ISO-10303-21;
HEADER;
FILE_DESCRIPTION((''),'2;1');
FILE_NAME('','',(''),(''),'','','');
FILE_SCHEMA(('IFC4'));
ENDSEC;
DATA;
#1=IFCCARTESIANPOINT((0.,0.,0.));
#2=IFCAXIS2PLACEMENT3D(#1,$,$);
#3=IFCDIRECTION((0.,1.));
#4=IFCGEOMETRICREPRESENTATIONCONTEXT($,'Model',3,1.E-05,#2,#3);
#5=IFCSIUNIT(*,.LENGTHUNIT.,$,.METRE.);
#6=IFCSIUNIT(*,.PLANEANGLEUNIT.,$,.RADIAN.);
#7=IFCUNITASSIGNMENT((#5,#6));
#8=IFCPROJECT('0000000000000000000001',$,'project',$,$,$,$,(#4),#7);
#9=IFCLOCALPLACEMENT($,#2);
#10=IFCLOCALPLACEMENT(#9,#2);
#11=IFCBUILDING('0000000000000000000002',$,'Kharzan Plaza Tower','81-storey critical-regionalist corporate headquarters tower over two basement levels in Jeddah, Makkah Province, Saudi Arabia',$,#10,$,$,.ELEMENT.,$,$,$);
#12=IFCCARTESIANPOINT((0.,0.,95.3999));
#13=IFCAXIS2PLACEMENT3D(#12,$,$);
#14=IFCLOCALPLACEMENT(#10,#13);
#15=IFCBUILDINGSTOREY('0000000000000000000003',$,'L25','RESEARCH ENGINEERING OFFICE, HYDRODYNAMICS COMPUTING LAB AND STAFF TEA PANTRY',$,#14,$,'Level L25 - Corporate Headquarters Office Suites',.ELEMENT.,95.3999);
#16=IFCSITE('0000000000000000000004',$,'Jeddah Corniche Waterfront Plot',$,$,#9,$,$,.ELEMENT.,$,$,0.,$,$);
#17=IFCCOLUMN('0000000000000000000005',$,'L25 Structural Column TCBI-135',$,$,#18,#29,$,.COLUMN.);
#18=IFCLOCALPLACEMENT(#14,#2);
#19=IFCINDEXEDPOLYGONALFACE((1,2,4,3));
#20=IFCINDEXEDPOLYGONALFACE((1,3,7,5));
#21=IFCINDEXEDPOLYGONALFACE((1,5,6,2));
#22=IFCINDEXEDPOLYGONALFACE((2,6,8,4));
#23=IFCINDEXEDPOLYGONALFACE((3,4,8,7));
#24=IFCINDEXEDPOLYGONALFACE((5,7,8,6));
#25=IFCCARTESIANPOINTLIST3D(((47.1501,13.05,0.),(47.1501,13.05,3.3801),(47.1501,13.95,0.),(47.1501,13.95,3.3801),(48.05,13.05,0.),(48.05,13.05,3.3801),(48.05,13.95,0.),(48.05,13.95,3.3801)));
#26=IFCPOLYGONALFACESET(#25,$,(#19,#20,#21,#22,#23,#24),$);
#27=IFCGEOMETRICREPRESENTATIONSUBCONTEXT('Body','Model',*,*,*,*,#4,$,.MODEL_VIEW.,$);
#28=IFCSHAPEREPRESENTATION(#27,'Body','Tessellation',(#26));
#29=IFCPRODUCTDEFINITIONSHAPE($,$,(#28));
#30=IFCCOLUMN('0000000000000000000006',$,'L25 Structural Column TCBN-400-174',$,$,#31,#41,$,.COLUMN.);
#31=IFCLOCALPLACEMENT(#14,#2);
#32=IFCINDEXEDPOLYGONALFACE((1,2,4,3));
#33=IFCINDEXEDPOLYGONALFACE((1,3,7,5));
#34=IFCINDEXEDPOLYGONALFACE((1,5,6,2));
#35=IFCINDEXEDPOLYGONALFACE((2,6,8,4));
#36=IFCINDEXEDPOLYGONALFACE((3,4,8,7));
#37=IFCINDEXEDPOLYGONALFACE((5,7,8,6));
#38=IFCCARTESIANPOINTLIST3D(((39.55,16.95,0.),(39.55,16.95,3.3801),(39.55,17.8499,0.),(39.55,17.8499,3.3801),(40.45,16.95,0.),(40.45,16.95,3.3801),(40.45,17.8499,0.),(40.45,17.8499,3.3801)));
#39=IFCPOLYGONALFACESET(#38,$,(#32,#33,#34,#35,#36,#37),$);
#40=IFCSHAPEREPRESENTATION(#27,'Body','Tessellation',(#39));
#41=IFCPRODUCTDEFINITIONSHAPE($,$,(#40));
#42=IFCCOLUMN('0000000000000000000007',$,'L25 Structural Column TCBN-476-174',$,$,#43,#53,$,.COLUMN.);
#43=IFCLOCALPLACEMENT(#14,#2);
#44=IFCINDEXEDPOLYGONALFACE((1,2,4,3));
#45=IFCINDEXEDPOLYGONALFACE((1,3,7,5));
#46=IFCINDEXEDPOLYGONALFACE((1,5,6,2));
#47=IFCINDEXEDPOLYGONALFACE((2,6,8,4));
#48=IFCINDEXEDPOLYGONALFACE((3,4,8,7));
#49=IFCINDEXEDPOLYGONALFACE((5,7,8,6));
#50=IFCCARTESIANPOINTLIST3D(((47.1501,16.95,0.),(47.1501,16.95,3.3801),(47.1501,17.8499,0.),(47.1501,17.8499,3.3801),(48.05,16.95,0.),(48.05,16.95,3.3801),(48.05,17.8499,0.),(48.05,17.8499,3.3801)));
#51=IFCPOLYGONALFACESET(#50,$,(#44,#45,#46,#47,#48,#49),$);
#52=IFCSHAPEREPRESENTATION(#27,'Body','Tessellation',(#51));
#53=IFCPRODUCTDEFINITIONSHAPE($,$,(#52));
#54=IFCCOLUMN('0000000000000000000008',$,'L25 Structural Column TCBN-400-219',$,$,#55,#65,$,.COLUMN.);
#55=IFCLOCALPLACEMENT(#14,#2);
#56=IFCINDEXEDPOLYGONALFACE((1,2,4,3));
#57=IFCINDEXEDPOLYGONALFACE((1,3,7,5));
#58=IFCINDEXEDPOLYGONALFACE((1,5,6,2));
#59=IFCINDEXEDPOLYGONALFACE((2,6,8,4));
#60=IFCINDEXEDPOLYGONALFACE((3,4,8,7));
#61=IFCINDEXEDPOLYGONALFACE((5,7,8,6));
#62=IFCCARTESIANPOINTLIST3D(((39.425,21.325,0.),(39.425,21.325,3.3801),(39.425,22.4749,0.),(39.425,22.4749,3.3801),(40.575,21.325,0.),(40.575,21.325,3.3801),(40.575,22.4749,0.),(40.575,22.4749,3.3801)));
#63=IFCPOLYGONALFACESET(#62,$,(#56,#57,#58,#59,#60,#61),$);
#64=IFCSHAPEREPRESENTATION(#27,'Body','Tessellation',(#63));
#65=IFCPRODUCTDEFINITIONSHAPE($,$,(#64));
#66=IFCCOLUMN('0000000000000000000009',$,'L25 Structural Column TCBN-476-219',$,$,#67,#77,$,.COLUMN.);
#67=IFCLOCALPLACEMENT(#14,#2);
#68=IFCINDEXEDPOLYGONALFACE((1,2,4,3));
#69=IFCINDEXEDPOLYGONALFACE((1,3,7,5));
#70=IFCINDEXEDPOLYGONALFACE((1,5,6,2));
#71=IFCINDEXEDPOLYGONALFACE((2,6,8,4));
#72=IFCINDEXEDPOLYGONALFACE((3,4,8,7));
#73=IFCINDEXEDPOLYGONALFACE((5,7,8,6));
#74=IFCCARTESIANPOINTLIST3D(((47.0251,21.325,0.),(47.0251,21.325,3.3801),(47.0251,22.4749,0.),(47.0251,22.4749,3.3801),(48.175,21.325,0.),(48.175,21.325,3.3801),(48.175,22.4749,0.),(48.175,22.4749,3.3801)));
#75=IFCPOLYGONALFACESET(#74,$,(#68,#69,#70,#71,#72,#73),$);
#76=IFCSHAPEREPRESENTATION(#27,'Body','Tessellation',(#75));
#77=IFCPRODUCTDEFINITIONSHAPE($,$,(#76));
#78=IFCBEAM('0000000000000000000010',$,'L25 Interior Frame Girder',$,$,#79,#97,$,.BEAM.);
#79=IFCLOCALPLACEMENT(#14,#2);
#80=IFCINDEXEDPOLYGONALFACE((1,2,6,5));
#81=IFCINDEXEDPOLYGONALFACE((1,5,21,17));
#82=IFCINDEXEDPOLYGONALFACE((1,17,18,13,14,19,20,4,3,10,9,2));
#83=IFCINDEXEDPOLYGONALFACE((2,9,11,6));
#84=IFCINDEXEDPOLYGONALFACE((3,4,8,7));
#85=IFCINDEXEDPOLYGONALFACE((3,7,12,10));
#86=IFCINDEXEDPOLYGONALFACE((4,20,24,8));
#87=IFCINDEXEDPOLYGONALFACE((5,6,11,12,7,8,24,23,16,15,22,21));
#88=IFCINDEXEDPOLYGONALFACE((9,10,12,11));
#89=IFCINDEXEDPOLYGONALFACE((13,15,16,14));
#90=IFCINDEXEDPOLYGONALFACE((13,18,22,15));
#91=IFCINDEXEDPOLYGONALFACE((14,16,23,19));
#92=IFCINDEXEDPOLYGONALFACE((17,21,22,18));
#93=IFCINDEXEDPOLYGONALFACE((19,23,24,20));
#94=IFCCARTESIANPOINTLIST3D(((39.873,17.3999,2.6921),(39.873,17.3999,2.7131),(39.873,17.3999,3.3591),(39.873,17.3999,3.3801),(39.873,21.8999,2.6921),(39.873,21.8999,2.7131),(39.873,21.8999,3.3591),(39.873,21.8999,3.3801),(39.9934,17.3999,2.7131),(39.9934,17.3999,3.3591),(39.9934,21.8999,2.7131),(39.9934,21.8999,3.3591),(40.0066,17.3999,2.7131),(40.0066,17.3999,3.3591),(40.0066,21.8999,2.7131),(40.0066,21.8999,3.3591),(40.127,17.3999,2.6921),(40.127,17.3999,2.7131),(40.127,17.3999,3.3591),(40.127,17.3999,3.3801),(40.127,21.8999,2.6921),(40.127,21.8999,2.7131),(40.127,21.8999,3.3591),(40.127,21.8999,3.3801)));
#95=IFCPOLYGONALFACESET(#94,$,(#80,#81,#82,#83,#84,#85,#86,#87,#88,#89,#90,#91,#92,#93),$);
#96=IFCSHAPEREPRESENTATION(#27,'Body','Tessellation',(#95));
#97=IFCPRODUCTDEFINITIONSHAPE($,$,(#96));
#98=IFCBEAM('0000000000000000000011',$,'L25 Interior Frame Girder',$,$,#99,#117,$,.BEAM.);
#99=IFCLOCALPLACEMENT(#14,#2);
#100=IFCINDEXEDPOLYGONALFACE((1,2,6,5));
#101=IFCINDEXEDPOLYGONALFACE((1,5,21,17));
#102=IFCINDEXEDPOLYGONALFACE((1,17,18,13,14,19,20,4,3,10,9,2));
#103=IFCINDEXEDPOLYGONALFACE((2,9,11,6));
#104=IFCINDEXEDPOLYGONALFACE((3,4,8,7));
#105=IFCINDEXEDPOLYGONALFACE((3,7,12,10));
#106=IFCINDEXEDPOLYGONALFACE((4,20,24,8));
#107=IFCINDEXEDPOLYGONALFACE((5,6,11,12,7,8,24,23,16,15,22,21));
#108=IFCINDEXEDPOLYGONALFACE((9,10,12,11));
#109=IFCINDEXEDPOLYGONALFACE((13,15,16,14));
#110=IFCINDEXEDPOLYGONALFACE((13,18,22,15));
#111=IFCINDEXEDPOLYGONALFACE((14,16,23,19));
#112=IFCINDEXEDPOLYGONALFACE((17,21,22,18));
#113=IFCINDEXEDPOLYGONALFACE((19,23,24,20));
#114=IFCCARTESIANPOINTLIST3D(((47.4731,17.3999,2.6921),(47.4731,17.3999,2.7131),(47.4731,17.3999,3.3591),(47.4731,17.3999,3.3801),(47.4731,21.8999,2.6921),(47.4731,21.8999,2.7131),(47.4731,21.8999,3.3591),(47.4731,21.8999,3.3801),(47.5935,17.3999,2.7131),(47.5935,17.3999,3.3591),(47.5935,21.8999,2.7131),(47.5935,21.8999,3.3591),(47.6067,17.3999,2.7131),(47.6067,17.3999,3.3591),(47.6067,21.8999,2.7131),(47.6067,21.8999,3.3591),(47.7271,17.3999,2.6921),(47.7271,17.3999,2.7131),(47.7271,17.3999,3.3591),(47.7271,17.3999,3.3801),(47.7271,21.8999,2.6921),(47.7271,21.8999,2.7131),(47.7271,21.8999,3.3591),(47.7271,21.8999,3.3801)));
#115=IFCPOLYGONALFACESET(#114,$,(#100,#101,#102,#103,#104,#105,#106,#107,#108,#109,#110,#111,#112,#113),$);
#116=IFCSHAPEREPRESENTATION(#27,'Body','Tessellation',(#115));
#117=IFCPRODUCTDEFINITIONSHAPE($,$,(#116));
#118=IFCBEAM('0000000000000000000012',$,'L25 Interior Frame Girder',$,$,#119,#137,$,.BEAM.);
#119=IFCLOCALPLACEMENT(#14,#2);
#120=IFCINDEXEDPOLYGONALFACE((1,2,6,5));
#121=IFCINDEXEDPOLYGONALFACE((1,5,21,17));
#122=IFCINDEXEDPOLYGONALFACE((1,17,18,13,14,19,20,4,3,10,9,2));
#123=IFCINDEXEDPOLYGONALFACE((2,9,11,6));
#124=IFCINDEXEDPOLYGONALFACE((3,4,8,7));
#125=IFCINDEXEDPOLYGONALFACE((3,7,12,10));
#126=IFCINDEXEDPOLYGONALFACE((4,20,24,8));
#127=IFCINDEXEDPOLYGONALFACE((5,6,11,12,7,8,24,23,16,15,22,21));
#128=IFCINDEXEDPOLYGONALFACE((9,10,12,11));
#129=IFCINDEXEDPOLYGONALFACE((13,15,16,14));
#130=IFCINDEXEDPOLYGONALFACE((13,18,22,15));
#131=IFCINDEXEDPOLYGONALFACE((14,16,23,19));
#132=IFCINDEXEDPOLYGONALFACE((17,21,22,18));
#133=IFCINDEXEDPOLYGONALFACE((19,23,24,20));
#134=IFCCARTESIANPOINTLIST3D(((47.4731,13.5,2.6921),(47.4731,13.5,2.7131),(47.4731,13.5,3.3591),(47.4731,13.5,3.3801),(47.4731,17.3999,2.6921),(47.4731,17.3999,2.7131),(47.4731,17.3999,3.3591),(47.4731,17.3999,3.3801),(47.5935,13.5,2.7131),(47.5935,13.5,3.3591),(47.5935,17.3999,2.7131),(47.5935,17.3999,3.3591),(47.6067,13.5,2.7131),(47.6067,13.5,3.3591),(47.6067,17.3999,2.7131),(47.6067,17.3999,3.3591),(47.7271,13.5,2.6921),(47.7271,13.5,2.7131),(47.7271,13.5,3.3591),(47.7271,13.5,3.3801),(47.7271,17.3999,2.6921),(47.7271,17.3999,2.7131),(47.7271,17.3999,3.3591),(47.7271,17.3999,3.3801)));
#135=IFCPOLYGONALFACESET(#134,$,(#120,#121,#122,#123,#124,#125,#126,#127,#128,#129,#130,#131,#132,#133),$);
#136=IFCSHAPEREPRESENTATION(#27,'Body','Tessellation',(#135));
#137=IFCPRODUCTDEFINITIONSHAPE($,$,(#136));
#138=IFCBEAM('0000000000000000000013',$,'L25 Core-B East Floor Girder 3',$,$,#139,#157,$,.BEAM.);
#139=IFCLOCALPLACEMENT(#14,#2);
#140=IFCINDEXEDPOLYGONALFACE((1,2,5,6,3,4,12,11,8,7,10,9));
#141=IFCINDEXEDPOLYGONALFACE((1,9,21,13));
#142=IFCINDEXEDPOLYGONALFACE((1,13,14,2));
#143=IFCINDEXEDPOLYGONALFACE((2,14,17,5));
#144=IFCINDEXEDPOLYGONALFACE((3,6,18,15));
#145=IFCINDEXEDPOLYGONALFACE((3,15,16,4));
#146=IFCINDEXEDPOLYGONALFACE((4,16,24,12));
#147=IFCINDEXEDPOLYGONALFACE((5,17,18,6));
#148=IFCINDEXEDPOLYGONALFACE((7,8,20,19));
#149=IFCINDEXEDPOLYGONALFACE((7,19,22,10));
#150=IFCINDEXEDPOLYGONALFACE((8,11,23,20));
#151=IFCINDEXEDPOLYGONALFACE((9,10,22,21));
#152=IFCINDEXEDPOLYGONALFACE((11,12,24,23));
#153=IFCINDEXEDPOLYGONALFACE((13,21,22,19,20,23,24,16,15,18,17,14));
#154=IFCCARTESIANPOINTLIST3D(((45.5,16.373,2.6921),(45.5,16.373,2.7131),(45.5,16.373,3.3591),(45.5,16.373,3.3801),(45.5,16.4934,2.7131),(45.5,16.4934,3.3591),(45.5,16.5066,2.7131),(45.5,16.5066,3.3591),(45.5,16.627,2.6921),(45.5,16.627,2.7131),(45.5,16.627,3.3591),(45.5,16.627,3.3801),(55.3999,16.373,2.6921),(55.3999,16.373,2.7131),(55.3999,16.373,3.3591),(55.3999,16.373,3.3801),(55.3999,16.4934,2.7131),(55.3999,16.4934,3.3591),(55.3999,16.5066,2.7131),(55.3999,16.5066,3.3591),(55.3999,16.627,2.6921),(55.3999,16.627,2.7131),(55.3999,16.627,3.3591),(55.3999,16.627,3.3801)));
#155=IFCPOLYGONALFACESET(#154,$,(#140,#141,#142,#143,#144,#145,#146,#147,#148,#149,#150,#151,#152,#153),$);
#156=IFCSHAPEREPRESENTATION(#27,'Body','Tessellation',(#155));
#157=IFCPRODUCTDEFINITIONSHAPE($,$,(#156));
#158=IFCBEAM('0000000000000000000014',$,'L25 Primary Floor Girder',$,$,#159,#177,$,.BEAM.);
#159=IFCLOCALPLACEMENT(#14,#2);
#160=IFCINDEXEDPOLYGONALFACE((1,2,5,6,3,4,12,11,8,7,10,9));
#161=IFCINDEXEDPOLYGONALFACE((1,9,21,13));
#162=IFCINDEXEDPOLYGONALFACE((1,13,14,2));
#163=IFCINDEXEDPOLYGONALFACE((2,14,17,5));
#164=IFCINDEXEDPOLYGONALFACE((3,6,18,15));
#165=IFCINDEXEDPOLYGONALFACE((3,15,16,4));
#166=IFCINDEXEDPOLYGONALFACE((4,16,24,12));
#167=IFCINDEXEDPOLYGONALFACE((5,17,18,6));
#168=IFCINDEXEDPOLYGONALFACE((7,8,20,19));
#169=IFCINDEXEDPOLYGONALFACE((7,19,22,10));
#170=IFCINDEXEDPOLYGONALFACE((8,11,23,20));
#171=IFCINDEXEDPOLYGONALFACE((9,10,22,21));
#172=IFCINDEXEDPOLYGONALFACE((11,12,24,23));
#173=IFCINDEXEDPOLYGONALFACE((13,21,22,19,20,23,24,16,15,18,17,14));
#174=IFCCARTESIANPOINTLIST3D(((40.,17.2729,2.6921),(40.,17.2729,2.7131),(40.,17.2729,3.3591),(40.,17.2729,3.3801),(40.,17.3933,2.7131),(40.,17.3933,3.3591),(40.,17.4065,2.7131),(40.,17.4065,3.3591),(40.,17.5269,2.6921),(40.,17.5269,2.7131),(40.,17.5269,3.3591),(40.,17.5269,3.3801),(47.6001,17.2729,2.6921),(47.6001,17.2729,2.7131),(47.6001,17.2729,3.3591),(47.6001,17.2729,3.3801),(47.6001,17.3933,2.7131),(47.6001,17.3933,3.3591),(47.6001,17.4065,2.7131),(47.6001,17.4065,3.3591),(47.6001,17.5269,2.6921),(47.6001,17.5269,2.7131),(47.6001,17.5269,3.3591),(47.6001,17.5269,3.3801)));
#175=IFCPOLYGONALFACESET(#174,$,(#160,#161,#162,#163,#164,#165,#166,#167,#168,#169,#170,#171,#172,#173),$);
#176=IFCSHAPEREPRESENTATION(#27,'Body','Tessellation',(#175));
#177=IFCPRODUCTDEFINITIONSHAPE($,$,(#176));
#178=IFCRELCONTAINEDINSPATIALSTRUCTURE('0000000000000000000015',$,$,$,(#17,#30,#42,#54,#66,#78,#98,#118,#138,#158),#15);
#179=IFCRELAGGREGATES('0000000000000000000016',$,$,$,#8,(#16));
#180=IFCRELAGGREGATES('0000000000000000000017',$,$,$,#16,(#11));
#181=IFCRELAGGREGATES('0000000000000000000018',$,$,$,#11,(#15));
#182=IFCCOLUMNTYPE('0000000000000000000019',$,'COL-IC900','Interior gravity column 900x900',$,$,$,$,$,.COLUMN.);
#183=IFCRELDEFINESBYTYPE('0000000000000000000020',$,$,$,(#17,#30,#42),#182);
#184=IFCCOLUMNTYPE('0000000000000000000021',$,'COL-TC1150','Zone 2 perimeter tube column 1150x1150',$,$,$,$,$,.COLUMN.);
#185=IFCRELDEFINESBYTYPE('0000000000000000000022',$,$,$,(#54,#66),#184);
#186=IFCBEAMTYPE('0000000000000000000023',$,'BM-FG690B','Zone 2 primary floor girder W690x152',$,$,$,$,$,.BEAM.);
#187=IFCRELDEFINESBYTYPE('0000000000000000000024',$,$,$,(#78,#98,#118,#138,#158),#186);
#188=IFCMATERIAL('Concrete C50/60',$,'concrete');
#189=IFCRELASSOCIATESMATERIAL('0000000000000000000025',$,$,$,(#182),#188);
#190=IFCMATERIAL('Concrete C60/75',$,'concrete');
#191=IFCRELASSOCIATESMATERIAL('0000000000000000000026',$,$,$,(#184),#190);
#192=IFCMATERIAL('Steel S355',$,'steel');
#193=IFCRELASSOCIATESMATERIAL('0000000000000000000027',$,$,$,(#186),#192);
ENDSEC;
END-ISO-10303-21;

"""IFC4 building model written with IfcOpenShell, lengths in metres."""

from ifc_helpers import new_model, si_unit, direction, frame, origin, origin_2d, place, context, subcontext, project, spatial, rectangle, i_section, extrude, source, transform, mapped, material, material_profile, profile_set, type_object, element, save


model = new_model("IFC4")

# Units and contexts
model_context = context("Model", 3, precision=1e-05, world=origin(), true_north=direction((0.0, 1.0)))
body_context = subcontext(model_context, "Body", "Model", "MODEL_VIEW")
ifc_project = project(units=[si_unit("LENGTHUNIT", "METRE"), si_unit("PLANEANGLEUNIT", "RADIAN")], contexts=[model_context])

# Site, building, storey
site_placement = place(None, origin())
site = spatial("IfcSite", under=ifc_project, at=site_placement, Name="Jeddah Corniche Waterfront Plot", CompositionType="ELEMENT", RefElevation=0.0)
building_placement = place(site_placement, origin())
building = spatial("IfcBuilding", under=site, at=building_placement, Name="Kharzan Plaza Tower", Description="81-storey critical-regionalist corporate headquarters tower over two basement levels in Jeddah, Makkah Province, Saudi Arabia", CompositionType="ELEMENT")
storey_placement = place(building_placement, frame((0.0, 0.0, 95.3999)))
storey = spatial("IfcBuildingStorey", under=building, at=storey_placement, Name="L25", Description="RESEARCH ENGINEERING OFFICE, HYDRODYNAMICS COMPUTING LAB AND STAFF TEA PANTRY", LongName="Level L25 - Corporate Headquarters Office Suites", CompositionType="ELEMENT", Elevation=95.3999)

# Columns
ifc_material_1 = material(Name="Concrete C50/60", Category="concrete")
ifc_material_profile_1 = material_profile(ifc_material_1, rectangle(XDim=0.8999, YDim=0.8999, at=origin_2d()), Name="RC-IC900x900")
ifc_profile_set_1 = profile_set([ifc_material_profile_1], Name="Concrete C50/60")
column_type_1 = type_object("IfcColumnType", Name="COL-IC900", Description="Interior gravity column 900x900", PredefinedType="COLUMN", material=ifc_profile_set_1)
shared_shape_1 = source(origin(), body_context, "Body", "SweptSolid", [
    extrude(rectangle(XDim=0.8999, YDim=0.8999, at=origin_2d()), origin(), (0.0, 0.0, 1.0), 3.3801),
])
for number, where, z_axis, x_axis, name in (
    (1, (47.6001, 13.5, 0.0), (0.0, 0.0, 1.0), (1.0, 0.0, 0.0), "L25 Structural Column TCBI-135"),
    (2, (40.0, 17.3999, 0.0), (0.0, 0.0, 1.0), (1.0, 0.0, 0.0), "L25 Structural Column TCBN-400-174"),
    (3, (47.6001, 17.3999, 0.0), (0.0, 0.0, 1.0), (1.0, 0.0, 0.0), "L25 Structural Column TCBN-476-174"),
):
    element("IfcColumn", number, at=place(storey_placement, frame(where, z_axis=z_axis, x_axis=x_axis)), inside=storey, type_object=column_type_1, Name=name, PredefinedType="COLUMN", context=body_context, shape_type="MappedRepresentation", body=[
        mapped(shared_shape_1, transform((0.0, 0.0, 0.0), x_axis=(1.0, 0.0, 0.0), y_axis=(0.0, 1.0, 0.0), z_axis=(0.0, 0.0, 1.0))),
    ])
ifc_material_2 = material(Name="Concrete C60/75", Category="concrete")
ifc_material_profile_2 = material_profile(ifc_material_2, rectangle(XDim=1.1499, YDim=1.1499, at=origin_2d()), Name="RC-TC1150x1150")
ifc_profile_set_2 = profile_set([ifc_material_profile_2], Name="Concrete C60/75")
column_type_2 = type_object("IfcColumnType", Name="COL-TC1150", Description="Zone 2 perimeter tube column 1150x1150", PredefinedType="COLUMN", material=ifc_profile_set_2)
shared_shape_2 = source(origin(), body_context, "Body", "SweptSolid", [
    extrude(rectangle(XDim=1.1499, YDim=1.1499, at=origin_2d()), origin(), (0.0, 0.0, 1.0), 3.3801),
])
for number, where, z_axis, x_axis, name in (
    (4, (40.0, 21.8999, 0.0), (0.0, 0.0, 1.0), (1.0, 0.0, 0.0), "L25 Structural Column TCBN-400-219"),
    (5, (47.6001, 21.8999, 0.0), (0.0, 0.0, 1.0), (1.0, 0.0, 0.0), "L25 Structural Column TCBN-476-219"),
):
    element("IfcColumn", number, at=place(storey_placement, frame(where, z_axis=z_axis, x_axis=x_axis)), inside=storey, type_object=column_type_2, Name=name, PredefinedType="COLUMN", context=body_context, shape_type="MappedRepresentation", body=[
        mapped(shared_shape_2, transform((0.0, 0.0, 0.0), x_axis=(1.0, 0.0, 0.0), y_axis=(0.0, 1.0, 0.0), z_axis=(0.0, 0.0, 1.0))),
    ])

# Beams
ifc_material_3 = material(Name="Steel S355", Category="steel")
ifc_material_profile_3 = material_profile(ifc_material_3, i_section(OverallWidth=0.2539, OverallDepth=0.688, WebThickness=0.0132, FlangeThickness=0.021, at=origin_2d()), Name="W690x152")
ifc_profile_set_3 = profile_set([ifc_material_profile_3], Name="Steel S355")
beam_type_1 = type_object("IfcBeamType", Name="BM-FG690B", Description="Zone 2 primary floor girder W690x152", PredefinedType="BEAM", material=ifc_profile_set_3)
shared_shape_3 = source(origin(), body_context, "Body", "SweptSolid", [
    extrude(i_section(OverallWidth=0.2539, OverallDepth=0.688, WebThickness=0.0132, FlangeThickness=0.021, at=origin_2d()), origin(), (0.0, 0.0, 1.0), 4.5),
])
for number, where, z_axis, x_axis, name in (
    (6, (40.0, 17.3999, 3.0361), (0.0, 1.0, 0.0), (-1.0, 0.0, 0.0), "L25 Interior Frame Girder"),
    (7, (47.6001, 17.3999, 3.0361), (0.0, 1.0, 0.0), (-1.0, 0.0, 0.0), "L25 Interior Frame Girder"),
):
    element("IfcBeam", number, at=place(storey_placement, frame(where, z_axis=z_axis, x_axis=x_axis)), inside=storey, type_object=beam_type_1, Name=name, PredefinedType="BEAM", context=body_context, shape_type="MappedRepresentation", body=[
        mapped(shared_shape_3, transform((0.0, 0.0, 0.0), x_axis=(1.0, 0.0, 0.0), y_axis=(0.0, 1.0, 0.0), z_axis=(0.0, 0.0, 1.0))),
    ])
shared_shape_4 = source(origin(), body_context, "Body", "SweptSolid", [
    extrude(i_section(OverallWidth=0.2539, OverallDepth=0.688, WebThickness=0.0132, FlangeThickness=0.021, at=origin_2d()), origin(), (0.0, 0.0, 1.0), 3.8999),
])
beam_1_placement = place(storey_placement, frame((47.6001, 13.5, 3.0361), z_axis=(0.0, 1.0, 0.0), x_axis=(-1.0, 0.0, 0.0)))
element("IfcBeam", 8, at=beam_1_placement, inside=storey, type_object=beam_type_1, Name="L25 Interior Frame Girder", PredefinedType="BEAM", context=body_context, shape_type="MappedRepresentation", body=[
    mapped(shared_shape_4, transform((0.0, 0.0, 0.0), x_axis=(1.0, 0.0, 0.0), y_axis=(0.0, 1.0, 0.0), z_axis=(0.0, 0.0, 1.0))),
])
shared_shape_5 = source(origin(), body_context, "Body", "SweptSolid", [
    extrude(i_section(OverallWidth=0.2539, OverallDepth=0.688, WebThickness=0.0132, FlangeThickness=0.021, at=origin_2d()), origin(), (0.0, 0.0, 1.0), 9.8999),
])
beam_2_placement = place(storey_placement, frame((45.5, 16.5, 3.0361), z_axis=(1.0, 0.0, 0.0), x_axis=(0.0, 1.0, 0.0)))
element("IfcBeam", 9, at=beam_2_placement, inside=storey, type_object=beam_type_1, Name="L25 Core-B East Floor Girder 3", PredefinedType="BEAM", context=body_context, shape_type="MappedRepresentation", body=[
    mapped(shared_shape_5, transform((0.0, 0.0, 0.0), x_axis=(1.0, 0.0, 0.0), y_axis=(0.0, 1.0, 0.0), z_axis=(0.0, 0.0, 1.0))),
])
shared_shape_6 = source(origin(), body_context, "Body", "SweptSolid", [
    extrude(i_section(OverallWidth=0.2539, OverallDepth=0.688, WebThickness=0.0132, FlangeThickness=0.021, at=origin_2d()), origin(), (0.0, 0.0, 1.0), 7.6001),
])
beam_3_placement = place(storey_placement, frame((40.0, 17.3999, 3.0361), z_axis=(1.0, 0.0, 0.0), x_axis=(0.0, 1.0, 0.0)))
element("IfcBeam", 10, at=beam_3_placement, inside=storey, type_object=beam_type_1, Name="L25 Primary Floor Girder", PredefinedType="BEAM", context=body_context, shape_type="MappedRepresentation", body=[
    mapped(shared_shape_6, transform((0.0, 0.0, 0.0), x_axis=(1.0, 0.0, 0.0), y_axis=(0.0, 1.0, 0.0), z_axis=(0.0, 0.0, 1.0))),
])

save(model, "model.ifc")
